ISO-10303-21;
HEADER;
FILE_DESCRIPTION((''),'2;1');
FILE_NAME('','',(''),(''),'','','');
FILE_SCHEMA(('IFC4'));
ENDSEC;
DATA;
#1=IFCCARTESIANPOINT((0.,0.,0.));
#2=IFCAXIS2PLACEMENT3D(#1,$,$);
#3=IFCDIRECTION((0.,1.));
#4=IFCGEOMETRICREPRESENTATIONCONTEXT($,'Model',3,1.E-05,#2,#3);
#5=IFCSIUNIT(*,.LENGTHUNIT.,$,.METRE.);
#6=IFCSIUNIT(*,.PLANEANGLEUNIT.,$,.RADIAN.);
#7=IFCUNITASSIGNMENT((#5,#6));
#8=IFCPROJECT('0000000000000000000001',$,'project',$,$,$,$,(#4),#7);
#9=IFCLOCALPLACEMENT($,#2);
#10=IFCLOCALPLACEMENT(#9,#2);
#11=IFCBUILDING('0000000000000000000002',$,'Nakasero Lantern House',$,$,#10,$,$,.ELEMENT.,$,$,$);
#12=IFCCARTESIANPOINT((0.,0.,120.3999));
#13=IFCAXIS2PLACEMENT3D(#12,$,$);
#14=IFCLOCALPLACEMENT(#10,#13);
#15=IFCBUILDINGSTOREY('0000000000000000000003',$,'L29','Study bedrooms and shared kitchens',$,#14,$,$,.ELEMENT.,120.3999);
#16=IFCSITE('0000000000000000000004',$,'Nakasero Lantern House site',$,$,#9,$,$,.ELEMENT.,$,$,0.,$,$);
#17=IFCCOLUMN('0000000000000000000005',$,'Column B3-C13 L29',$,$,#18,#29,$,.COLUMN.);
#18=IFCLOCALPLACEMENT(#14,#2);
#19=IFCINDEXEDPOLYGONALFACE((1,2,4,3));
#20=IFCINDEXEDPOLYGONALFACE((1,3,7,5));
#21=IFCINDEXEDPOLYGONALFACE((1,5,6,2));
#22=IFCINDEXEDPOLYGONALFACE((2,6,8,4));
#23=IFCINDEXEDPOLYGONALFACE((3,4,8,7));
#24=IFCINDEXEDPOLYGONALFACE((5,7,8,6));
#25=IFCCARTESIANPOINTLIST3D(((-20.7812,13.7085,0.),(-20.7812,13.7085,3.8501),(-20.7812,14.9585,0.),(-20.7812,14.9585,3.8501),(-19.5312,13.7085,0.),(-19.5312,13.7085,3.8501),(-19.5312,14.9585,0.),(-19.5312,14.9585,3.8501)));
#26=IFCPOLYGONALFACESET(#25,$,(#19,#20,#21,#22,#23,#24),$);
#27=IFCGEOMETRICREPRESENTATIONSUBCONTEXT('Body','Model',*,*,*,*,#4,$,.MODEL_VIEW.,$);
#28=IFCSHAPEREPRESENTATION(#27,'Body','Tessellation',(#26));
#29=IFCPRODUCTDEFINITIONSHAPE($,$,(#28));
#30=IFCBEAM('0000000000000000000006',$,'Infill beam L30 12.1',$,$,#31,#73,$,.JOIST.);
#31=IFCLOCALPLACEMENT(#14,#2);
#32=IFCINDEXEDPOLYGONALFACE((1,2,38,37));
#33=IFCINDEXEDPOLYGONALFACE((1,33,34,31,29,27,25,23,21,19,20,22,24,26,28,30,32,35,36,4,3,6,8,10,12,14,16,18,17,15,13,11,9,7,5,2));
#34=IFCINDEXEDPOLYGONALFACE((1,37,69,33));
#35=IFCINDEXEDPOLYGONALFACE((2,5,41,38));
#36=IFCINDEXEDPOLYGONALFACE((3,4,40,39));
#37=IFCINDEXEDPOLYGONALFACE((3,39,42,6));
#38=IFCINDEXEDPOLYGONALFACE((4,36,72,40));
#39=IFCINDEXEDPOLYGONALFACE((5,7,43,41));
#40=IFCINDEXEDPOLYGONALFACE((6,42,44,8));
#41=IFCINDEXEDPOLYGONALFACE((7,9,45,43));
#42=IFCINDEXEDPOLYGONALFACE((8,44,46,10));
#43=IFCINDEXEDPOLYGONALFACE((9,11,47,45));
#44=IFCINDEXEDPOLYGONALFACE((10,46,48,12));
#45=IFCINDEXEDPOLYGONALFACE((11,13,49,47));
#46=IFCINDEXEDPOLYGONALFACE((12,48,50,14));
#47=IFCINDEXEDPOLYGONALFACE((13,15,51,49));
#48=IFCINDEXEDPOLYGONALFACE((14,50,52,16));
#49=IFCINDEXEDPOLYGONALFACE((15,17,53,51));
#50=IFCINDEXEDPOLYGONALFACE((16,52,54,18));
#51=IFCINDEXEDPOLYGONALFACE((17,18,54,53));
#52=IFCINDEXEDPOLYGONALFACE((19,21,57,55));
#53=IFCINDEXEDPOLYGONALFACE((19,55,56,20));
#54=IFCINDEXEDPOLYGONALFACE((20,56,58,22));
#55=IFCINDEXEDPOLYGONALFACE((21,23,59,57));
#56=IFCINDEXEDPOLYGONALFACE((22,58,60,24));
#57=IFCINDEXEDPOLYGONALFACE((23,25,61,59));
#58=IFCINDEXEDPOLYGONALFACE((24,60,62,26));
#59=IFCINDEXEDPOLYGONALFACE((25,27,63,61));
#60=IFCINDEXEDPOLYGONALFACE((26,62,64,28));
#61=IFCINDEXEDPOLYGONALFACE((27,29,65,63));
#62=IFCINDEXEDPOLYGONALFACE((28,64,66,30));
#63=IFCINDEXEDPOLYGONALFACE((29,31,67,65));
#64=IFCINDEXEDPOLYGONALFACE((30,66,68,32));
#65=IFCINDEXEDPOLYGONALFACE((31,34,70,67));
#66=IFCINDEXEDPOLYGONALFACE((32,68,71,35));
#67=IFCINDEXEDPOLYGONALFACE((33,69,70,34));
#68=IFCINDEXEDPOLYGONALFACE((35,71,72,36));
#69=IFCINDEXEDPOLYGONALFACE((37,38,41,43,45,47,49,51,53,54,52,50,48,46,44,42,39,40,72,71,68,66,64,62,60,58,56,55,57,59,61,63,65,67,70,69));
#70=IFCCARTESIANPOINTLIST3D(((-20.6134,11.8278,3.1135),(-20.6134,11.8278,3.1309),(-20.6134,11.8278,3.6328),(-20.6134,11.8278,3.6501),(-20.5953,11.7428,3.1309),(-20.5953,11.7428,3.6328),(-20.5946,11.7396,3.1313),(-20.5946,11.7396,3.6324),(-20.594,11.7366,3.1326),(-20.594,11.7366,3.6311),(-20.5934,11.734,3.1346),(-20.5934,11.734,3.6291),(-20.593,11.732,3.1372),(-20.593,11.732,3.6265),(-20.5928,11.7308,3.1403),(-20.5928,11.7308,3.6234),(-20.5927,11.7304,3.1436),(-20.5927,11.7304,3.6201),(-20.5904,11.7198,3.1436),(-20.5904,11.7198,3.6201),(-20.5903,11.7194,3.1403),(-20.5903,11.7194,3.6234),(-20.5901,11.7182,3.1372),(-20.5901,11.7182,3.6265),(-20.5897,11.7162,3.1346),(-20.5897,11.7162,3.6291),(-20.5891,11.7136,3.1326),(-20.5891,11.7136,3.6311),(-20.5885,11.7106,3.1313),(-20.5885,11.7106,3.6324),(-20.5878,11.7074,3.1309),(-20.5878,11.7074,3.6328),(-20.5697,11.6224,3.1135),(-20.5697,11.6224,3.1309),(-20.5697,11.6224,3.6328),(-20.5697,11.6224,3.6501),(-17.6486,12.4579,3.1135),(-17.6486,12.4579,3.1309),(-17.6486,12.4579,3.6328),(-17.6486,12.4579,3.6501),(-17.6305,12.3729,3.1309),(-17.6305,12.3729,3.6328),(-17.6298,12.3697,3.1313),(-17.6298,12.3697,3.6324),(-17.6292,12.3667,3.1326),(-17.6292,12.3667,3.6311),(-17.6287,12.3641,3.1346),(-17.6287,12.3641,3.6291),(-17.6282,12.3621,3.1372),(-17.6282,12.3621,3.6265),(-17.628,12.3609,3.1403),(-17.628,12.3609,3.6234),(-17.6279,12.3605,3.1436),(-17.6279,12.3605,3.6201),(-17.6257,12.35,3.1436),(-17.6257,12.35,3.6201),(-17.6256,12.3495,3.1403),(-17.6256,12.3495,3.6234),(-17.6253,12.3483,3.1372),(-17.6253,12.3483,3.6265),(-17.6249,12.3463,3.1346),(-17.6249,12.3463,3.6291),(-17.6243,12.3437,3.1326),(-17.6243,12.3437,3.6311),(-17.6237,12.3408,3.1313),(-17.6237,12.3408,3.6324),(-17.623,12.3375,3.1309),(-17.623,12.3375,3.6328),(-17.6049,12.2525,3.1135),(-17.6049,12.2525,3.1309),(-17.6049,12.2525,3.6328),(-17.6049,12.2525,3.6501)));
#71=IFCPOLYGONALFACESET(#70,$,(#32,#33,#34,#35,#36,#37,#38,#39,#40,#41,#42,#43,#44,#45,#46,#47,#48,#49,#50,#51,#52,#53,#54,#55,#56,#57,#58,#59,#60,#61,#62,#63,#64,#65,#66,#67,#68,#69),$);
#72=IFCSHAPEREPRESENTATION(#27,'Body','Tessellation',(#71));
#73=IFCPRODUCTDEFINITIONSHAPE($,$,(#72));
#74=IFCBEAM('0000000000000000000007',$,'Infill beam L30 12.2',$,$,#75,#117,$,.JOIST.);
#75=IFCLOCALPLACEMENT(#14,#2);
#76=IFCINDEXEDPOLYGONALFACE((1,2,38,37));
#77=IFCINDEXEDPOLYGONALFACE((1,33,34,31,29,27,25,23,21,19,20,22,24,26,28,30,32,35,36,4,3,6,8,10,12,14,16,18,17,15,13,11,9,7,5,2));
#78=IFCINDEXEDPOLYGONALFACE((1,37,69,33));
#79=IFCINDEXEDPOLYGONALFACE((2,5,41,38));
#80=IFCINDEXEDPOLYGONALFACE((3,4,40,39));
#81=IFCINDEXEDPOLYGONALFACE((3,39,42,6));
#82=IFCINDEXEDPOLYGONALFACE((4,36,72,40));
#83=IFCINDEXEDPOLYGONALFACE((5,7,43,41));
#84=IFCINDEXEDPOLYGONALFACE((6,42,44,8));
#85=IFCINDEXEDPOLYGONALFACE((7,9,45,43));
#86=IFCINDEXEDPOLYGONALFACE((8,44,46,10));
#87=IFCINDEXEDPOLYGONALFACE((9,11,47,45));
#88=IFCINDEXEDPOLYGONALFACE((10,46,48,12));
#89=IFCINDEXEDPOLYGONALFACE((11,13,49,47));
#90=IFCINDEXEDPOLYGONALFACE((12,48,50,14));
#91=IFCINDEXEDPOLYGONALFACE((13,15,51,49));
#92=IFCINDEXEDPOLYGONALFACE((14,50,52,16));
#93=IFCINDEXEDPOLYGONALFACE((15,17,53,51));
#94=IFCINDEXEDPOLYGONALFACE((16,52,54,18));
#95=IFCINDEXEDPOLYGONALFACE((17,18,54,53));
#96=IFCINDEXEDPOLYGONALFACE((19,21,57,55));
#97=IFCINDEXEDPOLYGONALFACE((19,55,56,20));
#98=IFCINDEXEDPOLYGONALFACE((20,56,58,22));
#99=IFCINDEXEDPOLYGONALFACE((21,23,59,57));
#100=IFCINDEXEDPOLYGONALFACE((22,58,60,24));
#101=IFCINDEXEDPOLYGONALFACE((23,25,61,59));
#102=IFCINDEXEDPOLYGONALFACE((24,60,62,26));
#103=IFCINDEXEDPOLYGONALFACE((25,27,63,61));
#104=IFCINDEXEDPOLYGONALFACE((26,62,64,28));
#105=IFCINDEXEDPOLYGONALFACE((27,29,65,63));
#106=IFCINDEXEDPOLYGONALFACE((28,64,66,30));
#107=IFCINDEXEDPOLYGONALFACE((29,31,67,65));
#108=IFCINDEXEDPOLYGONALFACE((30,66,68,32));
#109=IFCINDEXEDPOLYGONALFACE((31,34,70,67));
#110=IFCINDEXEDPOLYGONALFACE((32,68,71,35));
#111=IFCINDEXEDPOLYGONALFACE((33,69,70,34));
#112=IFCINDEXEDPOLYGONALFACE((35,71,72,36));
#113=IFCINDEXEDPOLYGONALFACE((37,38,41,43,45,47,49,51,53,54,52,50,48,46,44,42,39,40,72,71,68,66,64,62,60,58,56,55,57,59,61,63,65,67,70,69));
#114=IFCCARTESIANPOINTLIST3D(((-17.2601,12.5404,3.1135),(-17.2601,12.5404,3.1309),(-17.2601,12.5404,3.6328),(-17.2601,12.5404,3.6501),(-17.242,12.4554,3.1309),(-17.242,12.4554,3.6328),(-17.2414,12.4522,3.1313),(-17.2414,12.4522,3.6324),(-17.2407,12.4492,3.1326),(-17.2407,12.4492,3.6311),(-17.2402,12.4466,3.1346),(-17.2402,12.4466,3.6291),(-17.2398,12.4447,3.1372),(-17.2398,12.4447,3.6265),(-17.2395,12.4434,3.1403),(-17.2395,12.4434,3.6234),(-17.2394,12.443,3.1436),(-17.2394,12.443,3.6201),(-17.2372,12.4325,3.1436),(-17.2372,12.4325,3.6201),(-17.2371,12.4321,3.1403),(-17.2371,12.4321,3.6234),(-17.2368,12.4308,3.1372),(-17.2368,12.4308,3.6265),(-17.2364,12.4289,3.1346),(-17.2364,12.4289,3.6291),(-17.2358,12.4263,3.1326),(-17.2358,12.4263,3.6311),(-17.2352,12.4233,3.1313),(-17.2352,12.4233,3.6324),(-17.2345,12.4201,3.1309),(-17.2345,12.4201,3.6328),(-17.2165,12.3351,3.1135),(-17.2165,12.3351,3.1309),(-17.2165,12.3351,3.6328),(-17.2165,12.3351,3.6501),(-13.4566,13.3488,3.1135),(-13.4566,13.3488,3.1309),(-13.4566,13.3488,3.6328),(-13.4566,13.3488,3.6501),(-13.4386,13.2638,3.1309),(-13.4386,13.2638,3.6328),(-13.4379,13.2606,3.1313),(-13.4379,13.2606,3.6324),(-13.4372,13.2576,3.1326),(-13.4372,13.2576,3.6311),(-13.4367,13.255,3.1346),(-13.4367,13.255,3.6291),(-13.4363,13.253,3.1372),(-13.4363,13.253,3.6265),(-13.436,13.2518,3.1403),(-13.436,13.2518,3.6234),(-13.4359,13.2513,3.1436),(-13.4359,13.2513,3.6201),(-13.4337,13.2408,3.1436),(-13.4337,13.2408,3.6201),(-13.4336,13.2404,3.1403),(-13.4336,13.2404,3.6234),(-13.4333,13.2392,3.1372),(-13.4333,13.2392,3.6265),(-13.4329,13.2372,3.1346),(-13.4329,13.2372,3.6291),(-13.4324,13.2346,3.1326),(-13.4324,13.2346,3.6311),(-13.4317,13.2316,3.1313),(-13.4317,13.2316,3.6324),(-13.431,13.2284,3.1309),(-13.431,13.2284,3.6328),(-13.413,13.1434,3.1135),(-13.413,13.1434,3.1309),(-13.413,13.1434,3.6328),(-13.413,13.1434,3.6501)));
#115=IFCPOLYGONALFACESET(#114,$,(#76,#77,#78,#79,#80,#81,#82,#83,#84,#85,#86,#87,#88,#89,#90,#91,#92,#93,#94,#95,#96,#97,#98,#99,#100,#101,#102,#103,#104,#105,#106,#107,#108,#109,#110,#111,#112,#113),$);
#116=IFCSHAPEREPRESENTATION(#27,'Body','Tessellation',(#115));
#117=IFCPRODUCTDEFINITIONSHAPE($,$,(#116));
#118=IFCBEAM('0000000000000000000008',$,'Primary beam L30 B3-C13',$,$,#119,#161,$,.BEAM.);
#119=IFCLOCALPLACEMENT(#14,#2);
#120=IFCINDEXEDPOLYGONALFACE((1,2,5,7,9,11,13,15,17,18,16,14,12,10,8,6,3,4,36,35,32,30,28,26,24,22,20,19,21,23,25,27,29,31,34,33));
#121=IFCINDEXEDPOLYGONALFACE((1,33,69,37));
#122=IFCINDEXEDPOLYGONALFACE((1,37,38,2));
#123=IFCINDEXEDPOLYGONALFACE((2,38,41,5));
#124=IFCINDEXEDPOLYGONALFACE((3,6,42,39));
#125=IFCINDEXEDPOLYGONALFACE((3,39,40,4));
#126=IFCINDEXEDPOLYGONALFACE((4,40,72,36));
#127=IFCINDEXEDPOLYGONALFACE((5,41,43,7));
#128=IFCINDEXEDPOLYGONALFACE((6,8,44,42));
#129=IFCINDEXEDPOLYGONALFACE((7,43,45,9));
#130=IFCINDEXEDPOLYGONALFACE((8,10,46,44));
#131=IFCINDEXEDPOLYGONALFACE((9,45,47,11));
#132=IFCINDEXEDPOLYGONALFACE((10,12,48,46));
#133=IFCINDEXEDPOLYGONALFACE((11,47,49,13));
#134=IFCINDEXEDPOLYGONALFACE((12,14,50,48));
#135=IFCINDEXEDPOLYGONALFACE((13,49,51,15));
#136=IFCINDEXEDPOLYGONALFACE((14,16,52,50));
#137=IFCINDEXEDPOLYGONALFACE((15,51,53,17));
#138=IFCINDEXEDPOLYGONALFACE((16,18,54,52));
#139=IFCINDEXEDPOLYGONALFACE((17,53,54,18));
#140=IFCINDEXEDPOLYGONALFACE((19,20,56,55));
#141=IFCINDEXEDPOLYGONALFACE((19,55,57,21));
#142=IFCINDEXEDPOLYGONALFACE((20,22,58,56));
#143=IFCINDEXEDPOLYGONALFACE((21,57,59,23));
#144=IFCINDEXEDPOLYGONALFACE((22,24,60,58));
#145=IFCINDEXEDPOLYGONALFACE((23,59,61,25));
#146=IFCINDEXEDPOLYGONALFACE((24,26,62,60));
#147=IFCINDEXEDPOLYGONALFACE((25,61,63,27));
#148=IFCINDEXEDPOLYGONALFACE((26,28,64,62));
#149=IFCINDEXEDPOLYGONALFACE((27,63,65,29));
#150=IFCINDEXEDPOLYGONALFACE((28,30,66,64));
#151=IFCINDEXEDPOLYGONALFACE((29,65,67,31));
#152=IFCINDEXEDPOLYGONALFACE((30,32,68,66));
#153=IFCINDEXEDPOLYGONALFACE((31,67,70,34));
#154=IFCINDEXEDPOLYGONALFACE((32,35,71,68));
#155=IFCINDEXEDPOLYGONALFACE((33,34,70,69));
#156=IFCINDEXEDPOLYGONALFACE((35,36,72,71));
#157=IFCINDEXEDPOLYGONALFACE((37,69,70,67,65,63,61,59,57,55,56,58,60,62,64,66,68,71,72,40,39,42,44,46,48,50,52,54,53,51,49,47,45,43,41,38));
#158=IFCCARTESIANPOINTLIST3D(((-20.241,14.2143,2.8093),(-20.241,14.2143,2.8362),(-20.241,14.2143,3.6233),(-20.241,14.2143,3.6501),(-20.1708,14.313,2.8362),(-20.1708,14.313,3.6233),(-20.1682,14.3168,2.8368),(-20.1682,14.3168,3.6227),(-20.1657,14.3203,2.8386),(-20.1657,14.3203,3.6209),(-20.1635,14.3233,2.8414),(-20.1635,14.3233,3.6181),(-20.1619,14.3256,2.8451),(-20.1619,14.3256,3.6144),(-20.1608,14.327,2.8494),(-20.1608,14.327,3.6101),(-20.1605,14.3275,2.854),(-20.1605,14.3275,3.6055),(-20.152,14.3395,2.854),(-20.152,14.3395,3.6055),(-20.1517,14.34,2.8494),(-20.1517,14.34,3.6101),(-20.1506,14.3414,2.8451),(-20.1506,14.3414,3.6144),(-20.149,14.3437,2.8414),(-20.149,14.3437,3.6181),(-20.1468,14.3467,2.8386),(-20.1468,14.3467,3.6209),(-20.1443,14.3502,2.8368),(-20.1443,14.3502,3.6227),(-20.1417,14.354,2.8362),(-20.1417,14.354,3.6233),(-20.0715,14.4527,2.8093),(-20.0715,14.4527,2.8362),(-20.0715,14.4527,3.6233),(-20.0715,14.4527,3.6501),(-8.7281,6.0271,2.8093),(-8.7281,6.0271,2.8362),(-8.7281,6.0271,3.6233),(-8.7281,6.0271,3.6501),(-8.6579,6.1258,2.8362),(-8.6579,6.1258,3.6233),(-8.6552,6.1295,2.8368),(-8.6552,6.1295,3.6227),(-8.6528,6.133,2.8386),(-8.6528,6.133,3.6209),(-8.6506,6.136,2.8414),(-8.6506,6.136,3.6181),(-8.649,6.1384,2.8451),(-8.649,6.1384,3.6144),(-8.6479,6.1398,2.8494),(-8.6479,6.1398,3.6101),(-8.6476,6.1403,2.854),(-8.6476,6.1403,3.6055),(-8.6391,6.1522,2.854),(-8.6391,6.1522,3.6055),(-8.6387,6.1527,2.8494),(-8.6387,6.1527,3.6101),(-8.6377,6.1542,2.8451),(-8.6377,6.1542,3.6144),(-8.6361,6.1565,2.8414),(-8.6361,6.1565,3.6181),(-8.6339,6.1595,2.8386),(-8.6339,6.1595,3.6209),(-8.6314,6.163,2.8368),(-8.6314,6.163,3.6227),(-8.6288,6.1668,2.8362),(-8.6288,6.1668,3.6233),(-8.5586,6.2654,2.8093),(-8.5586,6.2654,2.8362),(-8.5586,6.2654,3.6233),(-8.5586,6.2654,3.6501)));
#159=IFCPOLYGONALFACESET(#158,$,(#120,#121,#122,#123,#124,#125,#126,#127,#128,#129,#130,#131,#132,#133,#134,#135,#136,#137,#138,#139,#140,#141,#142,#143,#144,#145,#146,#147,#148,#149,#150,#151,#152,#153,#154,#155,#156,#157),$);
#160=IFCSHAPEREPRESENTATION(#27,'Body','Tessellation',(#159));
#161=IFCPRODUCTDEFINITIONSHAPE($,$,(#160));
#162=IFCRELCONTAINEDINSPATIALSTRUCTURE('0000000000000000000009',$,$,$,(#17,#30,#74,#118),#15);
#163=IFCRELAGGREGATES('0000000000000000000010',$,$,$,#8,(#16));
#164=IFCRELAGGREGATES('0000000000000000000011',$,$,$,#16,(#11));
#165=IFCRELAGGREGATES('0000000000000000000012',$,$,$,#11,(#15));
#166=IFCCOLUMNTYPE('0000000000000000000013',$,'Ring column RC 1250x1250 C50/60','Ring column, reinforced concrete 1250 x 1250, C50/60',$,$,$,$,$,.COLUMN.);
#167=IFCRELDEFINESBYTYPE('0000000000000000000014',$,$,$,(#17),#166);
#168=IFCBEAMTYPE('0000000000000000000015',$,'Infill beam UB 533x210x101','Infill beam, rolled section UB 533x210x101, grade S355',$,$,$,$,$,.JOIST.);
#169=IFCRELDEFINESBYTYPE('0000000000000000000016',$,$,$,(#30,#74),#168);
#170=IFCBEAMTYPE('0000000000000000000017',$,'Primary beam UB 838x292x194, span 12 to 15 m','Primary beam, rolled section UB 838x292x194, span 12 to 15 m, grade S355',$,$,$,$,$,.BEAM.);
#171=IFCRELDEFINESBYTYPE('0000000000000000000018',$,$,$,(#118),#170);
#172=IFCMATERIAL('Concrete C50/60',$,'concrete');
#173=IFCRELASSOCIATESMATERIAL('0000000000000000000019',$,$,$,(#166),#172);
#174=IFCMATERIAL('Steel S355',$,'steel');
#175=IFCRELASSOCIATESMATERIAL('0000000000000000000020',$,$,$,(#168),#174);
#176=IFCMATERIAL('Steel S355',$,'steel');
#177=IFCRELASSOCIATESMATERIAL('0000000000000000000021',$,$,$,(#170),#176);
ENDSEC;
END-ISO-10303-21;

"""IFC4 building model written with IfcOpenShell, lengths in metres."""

from ifc_helpers import new_model, si_unit, direction, frame, origin, origin_2d, place, context, subcontext, project, spatial, rectangle, i_section, extrude, material, material_profile, profile_set, type_object, element, save


model = new_model("IFC4")

# Units and contexts
model_context = context("Model", 3, precision=1e-05, world=origin(), true_north=direction((0.0, 1.0)))
body_context = subcontext(model_context, "Body", "Model", "MODEL_VIEW")
ifc_project = project(units=[si_unit("LENGTHUNIT", "METRE"), si_unit("PLANEANGLEUNIT", "RADIAN")], contexts=[model_context])

# Site, building, storey
site_placement = place(None, origin())
site = spatial("IfcSite", under=ifc_project, at=site_placement, Name="Nakasero Lantern House site", CompositionType="ELEMENT", RefElevation=0.0)
building_placement = place(site_placement, origin())
building = spatial("IfcBuilding", under=site, at=building_placement, Name="Nakasero Lantern House", CompositionType="ELEMENT")
storey_placement = place(building_placement, frame((0.0, 0.0, 120.3999)))
storey = spatial("IfcBuildingStorey", under=building, at=storey_placement, Name="L29", Description="Study bedrooms and shared kitchens", CompositionType="ELEMENT", Elevation=120.3999)

# Column
ifc_material_1 = material(Name="Concrete C50/60", Category="concrete")
ifc_material_profile_1 = material_profile(ifc_material_1, rectangle(XDim=1.25, YDim=1.25, at=origin_2d()), Name="RC 1250x1250")
ifc_profile_set_1 = profile_set([ifc_material_profile_1], Name="Concrete C50/60")
column_type = type_object("IfcColumnType", Name="Ring column RC 1250x1250 C50/60", Description="Ring column, reinforced concrete 1250 x 1250, C50/60", PredefinedType="COLUMN", material=ifc_profile_set_1)
column_placement = place(storey_placement, frame((-20.1562, 14.3335, 0.0), z_axis=(0.0, 0.0, 1.0), x_axis=(1.0, 0.0, 0.0)))
element("IfcColumn", 1, at=column_placement, inside=storey, type_object=column_type, Name="Column B3-C13 L29", PredefinedType="COLUMN", context=body_context, shape_type="SweptSolid", body=[
    extrude(rectangle(XDim=1.25, YDim=1.25, at=origin_2d()), origin(), (0.0, 0.0, 1.0), 3.8501),
])

# Beams
ifc_material_2 = material(Name="Steel S355", Category="steel")
ifc_material_profile_2 = material_profile(ifc_material_2, i_section(OverallWidth=0.21, OverallDepth=0.5366, WebThickness=0.0107, FlangeThickness=0.0173, FilletRadius=0.0127, at=origin_2d()), Name="UB 533x210x101")
ifc_profile_set_2 = profile_set([ifc_material_profile_2], Name="Steel S355")
beam_type_1 = type_object("IfcBeamType", Name="Infill beam UB 533x210x101", Description="Infill beam, rolled section UB 533x210x101, grade S355", PredefinedType="JOIST", material=ifc_profile_set_2)
beam_1_placement = place(storey_placement, frame((-20.5916, 11.7251, 3.3818), z_axis=(0.978152, 0.20789, 0.0), x_axis=(-0.20789, 0.978152, 0.0)))
element("IfcBeam", 2, at=beam_1_placement, inside=storey, type_object=beam_type_1, Name="Infill beam L30 12.1", PredefinedType="JOIST", context=body_context, shape_type="SweptSolid", body=[
    extrude(i_section(OverallWidth=0.21, OverallDepth=0.5366, WebThickness=0.0107, FlangeThickness=0.0173, FilletRadius=0.0127, at=origin_2d()), origin(), (0.0, 0.0, 1.0), 3.031),
])
beam_2_placement = place(storey_placement, frame((-17.2383, 12.4377, 3.3818), z_axis=(0.978153, 0.207887, 0.0), x_axis=(-0.207887, 0.978153, 0.0)))
element("IfcBeam", 3, at=beam_2_placement, inside=storey, type_object=beam_type_1, Name="Infill beam L30 12.2", PredefinedType="JOIST", context=body_context, shape_type="SweptSolid", body=[
    extrude(i_section(OverallWidth=0.21, OverallDepth=0.5366, WebThickness=0.0107, FlangeThickness=0.0173, FilletRadius=0.0127, at=origin_2d()), origin(), (0.0, 0.0, 1.0), 3.8884),
])
ifc_material_3 = material(Name="Steel S355", Category="steel")
ifc_material_profile_3 = material_profile(ifc_material_3, i_section(OverallWidth=0.2925, OverallDepth=0.8408, WebThickness=0.0146, FlangeThickness=0.0269, FilletRadius=0.0178, at=origin_2d()), Name="UB 838x292x194")
ifc_profile_set_3 = profile_set([ifc_material_profile_3], Name="Steel S355")
beam_type_2 = type_object("IfcBeamType", Name="Primary beam UB 838x292x194, span 12 to 15 m", Description="Primary beam, rolled section UB 838x292x194, span 12 to 15 m, grade S355", PredefinedType="BEAM", material=ifc_profile_set_3)
beam_3_placement = place(storey_placement, frame((-20.1562, 14.3335, 3.2297), z_axis=(0.814946, -0.579537, 0.0), x_axis=(0.579537, 0.814946, 0.0)))
element("IfcBeam", 4, at=beam_3_placement, inside=storey, type_object=beam_type_2, Name="Primary beam L30 B3-C13", PredefinedType="BEAM", context=body_context, shape_type="SweptSolid", body=[
    extrude(i_section(OverallWidth=0.2925, OverallDepth=0.8408, WebThickness=0.0146, FlangeThickness=0.0269, FilletRadius=0.0178, at=origin_2d()), origin(), (0.0, 0.0, 1.0), 14.1272),
])

save(model, "model.ifc")
